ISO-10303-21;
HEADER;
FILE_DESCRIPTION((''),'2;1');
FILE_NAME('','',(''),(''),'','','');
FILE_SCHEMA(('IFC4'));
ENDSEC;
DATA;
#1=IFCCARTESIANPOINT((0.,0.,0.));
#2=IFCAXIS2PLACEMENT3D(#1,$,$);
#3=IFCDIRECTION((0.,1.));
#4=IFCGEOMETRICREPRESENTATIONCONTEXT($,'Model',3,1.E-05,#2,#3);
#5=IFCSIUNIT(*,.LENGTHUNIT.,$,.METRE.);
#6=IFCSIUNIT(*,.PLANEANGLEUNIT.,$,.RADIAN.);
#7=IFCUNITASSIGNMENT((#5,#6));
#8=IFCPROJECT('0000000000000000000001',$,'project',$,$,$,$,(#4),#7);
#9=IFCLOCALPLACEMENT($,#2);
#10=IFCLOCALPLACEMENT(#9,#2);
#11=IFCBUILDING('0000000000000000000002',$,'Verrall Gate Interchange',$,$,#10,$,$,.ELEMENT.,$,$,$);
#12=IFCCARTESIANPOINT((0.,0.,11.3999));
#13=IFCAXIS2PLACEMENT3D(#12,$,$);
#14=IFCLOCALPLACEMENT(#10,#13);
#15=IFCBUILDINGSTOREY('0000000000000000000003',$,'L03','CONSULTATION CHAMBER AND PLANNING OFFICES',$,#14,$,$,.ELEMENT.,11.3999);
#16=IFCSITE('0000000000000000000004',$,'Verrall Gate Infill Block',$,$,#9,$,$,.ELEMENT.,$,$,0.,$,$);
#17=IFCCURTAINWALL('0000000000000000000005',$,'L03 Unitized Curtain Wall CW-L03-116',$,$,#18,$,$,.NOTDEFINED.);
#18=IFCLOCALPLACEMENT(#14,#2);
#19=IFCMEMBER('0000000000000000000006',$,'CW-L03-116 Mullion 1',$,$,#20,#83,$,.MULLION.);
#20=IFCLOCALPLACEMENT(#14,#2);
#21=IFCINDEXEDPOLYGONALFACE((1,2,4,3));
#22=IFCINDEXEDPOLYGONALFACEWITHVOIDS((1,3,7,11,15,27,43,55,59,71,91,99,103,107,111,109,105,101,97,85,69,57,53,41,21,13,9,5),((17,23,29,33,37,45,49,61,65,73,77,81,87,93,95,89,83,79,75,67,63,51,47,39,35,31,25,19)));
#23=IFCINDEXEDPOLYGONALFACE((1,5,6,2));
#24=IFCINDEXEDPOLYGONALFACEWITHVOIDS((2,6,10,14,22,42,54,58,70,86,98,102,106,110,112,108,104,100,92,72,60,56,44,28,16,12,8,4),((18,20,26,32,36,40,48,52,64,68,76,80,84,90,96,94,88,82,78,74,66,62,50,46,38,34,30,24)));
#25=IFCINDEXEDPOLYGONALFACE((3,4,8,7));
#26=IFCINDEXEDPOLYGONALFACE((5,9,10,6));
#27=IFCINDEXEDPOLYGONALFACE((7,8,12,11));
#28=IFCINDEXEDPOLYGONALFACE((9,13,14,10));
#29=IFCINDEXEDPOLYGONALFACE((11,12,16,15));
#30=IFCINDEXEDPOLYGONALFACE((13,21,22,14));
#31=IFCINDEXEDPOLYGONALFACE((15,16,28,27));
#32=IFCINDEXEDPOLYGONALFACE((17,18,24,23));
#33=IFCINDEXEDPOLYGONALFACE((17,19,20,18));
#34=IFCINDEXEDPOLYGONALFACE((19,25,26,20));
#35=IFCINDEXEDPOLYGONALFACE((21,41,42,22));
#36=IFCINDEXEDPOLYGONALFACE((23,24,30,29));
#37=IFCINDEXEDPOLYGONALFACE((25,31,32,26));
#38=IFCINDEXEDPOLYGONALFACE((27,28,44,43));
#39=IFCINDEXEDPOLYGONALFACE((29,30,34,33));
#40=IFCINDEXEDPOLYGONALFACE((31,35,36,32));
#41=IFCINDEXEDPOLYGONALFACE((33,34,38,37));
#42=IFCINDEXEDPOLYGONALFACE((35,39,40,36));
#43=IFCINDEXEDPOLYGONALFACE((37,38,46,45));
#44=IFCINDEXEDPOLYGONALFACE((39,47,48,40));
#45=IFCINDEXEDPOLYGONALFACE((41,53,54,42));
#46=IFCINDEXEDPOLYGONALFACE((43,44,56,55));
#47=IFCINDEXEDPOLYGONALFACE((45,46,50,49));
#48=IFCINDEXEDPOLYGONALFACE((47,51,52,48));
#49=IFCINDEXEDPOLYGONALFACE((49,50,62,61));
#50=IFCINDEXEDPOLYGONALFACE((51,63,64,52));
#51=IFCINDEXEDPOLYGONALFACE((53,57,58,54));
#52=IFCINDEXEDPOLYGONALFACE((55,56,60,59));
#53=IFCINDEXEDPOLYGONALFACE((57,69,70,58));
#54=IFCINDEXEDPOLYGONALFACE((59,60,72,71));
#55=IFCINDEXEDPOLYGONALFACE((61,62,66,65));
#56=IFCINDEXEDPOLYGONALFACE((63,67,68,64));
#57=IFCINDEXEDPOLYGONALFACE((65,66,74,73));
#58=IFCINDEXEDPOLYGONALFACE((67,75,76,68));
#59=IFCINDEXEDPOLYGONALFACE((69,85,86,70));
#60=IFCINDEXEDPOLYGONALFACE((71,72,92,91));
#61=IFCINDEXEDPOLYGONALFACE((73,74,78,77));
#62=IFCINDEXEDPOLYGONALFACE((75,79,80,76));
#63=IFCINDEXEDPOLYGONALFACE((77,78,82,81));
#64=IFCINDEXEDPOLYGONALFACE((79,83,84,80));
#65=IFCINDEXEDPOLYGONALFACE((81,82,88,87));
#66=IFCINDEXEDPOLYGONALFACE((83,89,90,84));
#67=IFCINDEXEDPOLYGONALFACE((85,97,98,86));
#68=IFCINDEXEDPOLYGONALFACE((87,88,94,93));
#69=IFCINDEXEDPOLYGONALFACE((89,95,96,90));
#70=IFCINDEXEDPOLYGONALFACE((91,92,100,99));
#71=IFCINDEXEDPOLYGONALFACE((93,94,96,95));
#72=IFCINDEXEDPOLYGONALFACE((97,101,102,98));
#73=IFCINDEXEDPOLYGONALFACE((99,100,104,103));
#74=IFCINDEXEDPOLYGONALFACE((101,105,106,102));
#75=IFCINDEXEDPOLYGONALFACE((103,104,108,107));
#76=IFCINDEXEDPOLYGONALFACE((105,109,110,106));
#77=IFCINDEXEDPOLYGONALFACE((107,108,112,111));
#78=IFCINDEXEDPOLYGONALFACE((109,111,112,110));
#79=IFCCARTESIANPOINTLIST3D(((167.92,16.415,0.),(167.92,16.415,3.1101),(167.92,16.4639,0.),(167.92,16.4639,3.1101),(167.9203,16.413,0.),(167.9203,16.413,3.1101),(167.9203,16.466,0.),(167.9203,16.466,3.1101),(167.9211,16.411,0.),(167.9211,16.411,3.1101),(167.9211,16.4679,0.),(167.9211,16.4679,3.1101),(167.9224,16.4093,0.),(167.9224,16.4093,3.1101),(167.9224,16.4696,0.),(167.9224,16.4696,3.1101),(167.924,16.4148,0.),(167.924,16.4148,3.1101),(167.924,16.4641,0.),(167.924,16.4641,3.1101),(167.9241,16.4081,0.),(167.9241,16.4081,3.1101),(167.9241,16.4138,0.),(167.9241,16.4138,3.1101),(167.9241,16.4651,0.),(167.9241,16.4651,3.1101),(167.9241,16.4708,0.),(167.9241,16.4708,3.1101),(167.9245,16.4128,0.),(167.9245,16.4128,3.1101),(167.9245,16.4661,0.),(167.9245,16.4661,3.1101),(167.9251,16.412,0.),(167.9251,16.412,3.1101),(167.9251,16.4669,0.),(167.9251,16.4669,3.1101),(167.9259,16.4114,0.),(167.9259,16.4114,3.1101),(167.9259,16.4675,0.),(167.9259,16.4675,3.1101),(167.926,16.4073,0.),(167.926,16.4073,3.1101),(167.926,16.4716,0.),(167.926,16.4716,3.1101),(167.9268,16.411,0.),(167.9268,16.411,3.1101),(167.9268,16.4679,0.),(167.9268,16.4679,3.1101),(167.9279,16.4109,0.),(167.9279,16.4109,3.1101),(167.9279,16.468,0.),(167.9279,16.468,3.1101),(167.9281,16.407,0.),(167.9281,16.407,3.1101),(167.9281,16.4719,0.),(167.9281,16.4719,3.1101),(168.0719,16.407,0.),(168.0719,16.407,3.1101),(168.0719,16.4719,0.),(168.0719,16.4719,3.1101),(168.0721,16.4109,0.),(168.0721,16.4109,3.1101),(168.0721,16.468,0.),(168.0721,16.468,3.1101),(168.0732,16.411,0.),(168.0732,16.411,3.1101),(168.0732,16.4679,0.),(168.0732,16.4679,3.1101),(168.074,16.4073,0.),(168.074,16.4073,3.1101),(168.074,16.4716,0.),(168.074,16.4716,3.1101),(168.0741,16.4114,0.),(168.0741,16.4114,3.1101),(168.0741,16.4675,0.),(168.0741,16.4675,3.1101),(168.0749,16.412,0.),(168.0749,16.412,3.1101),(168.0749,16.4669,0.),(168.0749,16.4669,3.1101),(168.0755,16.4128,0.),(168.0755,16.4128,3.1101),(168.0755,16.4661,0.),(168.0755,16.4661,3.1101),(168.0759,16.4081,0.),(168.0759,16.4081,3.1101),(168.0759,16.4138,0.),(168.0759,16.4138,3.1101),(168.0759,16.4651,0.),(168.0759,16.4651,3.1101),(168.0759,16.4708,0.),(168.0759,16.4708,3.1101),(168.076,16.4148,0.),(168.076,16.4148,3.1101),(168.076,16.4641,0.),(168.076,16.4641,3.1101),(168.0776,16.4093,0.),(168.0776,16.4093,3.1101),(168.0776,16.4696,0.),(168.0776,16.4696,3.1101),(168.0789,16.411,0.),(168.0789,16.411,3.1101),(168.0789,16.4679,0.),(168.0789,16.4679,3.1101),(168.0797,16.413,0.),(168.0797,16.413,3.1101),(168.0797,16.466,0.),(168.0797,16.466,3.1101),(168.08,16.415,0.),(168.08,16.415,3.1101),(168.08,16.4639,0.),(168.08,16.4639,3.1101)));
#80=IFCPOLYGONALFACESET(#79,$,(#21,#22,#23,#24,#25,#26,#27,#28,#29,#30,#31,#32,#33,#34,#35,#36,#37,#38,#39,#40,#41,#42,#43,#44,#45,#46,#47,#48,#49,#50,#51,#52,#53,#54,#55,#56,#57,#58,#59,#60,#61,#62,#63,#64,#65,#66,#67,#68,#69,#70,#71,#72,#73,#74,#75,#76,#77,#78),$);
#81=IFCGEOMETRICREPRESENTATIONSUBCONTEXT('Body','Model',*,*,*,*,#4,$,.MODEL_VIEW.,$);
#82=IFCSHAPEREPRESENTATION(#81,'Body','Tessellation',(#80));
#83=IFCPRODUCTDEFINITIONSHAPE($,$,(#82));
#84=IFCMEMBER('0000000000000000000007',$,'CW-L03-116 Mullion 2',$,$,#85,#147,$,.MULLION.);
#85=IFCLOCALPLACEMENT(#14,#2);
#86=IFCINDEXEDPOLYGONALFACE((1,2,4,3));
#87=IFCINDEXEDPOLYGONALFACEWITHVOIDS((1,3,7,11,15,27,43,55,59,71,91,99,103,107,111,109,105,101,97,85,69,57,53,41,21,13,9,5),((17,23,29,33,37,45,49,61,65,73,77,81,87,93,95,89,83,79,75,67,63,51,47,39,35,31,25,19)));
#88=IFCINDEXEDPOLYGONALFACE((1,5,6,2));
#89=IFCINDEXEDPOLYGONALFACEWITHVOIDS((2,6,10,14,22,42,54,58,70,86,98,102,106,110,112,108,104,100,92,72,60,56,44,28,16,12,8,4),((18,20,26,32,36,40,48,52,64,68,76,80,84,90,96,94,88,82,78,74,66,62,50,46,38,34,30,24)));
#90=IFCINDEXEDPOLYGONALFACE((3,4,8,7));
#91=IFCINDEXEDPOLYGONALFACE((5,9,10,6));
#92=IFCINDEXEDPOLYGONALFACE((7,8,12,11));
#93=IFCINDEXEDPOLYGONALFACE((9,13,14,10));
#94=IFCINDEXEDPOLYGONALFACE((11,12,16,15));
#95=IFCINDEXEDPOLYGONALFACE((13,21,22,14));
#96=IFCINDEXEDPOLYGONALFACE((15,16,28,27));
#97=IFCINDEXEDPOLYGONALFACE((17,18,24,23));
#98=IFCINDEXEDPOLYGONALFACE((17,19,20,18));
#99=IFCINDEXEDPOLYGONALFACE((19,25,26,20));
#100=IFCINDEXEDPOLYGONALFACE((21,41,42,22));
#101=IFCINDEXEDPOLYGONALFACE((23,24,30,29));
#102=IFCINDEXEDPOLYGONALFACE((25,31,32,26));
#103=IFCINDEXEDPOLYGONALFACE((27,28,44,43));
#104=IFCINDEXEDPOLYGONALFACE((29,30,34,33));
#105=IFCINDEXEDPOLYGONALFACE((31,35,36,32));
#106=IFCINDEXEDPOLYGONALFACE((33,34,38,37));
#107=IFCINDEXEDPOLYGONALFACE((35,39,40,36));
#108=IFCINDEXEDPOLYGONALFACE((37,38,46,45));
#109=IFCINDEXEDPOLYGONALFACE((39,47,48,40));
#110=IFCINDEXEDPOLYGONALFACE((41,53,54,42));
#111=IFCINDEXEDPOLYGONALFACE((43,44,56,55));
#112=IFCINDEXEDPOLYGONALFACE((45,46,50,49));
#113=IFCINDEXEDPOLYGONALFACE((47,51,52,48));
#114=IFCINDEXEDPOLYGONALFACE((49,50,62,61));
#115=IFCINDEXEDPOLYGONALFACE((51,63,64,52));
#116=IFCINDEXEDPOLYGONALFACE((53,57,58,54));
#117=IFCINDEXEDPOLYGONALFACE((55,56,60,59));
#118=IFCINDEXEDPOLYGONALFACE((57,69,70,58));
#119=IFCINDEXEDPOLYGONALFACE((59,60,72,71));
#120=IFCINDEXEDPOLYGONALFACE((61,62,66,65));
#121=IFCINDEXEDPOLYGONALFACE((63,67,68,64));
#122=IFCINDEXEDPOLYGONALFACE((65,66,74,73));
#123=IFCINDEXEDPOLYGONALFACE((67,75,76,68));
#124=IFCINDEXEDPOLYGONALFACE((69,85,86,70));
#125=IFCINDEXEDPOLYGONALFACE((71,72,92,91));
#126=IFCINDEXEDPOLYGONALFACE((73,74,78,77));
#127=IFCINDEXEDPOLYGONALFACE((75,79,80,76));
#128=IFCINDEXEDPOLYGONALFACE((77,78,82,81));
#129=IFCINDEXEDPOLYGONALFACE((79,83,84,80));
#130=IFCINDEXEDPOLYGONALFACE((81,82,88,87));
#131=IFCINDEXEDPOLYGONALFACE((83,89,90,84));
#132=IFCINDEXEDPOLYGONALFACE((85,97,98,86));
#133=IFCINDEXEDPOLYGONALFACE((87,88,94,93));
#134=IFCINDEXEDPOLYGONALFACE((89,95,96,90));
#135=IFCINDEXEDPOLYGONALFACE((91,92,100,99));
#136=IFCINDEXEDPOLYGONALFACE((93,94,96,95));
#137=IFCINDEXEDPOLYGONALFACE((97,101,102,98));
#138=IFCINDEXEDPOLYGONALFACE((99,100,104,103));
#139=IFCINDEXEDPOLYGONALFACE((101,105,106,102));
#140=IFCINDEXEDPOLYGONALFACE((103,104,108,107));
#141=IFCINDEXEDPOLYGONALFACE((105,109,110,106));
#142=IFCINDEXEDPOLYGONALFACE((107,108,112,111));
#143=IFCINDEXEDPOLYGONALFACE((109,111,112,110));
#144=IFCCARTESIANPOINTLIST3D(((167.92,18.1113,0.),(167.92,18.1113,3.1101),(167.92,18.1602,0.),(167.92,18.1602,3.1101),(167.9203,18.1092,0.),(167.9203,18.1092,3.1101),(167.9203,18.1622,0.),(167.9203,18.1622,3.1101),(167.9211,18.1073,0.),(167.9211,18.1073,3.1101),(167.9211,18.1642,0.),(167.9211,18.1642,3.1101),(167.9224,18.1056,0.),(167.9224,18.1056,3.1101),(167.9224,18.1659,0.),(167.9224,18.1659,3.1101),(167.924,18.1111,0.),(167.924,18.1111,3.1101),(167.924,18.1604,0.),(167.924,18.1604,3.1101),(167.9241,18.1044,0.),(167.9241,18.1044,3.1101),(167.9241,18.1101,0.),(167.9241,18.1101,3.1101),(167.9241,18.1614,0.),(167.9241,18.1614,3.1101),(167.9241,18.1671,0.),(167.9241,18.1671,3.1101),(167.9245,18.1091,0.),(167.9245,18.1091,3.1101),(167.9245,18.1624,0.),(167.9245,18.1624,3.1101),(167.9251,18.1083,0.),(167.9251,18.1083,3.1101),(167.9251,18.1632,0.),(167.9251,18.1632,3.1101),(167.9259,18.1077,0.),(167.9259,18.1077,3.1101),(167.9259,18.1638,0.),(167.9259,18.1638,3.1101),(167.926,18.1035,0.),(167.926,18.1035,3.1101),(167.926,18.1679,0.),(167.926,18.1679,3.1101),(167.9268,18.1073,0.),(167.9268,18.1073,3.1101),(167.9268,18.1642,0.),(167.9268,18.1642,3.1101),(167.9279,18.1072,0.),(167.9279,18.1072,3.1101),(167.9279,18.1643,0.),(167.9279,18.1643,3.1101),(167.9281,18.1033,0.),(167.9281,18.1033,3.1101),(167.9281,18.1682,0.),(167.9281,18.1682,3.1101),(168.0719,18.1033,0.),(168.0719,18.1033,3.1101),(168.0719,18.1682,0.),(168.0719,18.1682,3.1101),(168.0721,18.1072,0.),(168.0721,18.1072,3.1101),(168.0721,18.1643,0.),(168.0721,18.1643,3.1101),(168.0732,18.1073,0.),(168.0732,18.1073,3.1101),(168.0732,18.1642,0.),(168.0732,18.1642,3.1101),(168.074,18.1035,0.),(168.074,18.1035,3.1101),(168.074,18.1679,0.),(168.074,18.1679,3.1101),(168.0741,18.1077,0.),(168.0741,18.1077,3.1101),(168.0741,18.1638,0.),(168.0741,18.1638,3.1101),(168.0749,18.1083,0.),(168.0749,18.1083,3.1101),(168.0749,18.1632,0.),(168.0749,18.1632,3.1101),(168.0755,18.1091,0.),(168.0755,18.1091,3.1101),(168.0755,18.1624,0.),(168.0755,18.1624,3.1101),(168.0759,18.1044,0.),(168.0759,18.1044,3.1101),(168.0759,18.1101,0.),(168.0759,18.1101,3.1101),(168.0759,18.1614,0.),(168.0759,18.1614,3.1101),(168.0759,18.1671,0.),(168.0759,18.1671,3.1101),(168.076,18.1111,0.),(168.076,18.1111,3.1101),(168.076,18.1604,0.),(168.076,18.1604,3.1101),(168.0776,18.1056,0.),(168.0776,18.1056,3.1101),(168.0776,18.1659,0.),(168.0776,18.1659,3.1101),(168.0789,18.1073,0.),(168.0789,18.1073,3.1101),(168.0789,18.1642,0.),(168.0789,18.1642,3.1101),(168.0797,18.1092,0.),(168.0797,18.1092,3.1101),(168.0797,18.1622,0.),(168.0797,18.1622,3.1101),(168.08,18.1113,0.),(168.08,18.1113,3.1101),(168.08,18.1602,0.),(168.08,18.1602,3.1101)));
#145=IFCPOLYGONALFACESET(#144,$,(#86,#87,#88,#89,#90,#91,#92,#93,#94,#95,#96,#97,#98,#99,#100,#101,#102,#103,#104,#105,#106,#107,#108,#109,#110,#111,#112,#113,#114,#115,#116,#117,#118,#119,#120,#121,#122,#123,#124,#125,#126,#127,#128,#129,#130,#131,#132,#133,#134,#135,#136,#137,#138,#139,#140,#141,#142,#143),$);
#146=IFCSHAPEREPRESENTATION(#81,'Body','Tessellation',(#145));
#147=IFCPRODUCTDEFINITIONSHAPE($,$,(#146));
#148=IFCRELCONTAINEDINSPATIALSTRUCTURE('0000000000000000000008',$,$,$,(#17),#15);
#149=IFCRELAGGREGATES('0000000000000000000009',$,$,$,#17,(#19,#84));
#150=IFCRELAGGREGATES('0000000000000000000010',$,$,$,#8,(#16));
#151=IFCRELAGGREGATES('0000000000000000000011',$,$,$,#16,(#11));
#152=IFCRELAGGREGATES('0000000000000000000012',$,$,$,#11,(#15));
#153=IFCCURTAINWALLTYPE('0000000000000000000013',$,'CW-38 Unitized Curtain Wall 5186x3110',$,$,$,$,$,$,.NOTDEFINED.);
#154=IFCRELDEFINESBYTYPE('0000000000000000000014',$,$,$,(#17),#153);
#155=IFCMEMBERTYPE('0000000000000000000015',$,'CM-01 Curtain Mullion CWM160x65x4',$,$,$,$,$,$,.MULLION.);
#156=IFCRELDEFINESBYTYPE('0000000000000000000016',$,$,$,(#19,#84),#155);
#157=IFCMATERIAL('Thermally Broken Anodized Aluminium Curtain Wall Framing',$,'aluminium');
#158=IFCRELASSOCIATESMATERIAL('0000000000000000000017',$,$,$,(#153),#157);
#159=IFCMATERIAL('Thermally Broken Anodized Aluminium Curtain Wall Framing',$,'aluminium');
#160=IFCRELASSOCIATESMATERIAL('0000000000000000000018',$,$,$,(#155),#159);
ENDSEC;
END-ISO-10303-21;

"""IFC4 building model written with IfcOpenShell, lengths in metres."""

from ifc_helpers import new_model, si_unit, direction, frame, origin, origin_2d, place, context, subcontext, project, spatial, hollow_rectangle, extrude, material, material_profile, profile_set, type_object, element, aggregate, save


model = new_model("IFC4")

# Units and contexts
model_context = context("Model", 3, precision=1e-05, world=origin(), true_north=direction((0.0, 1.0)))
body_context = subcontext(model_context, "Body", "Model", "MODEL_VIEW")
ifc_project = project(units=[si_unit("LENGTHUNIT", "METRE"), si_unit("PLANEANGLEUNIT", "RADIAN")], contexts=[model_context])

# Site, building, storey
site_placement = place(None, origin())
site = spatial("IfcSite", under=ifc_project, at=site_placement, Name="Verrall Gate Infill Block", CompositionType="ELEMENT", RefElevation=0.0)
building_placement = place(site_placement, origin())
building = spatial("IfcBuilding", under=site, at=building_placement, Name="Verrall Gate Interchange", CompositionType="ELEMENT")
storey_placement = place(building_placement, frame((0.0, 0.0, 11.3999)))
storey = spatial("IfcBuildingStorey", under=building, at=storey_placement, Name="L03", Description="CONSULTATION CHAMBER AND PLANNING OFFICES", CompositionType="ELEMENT", Elevation=11.3999)

# Curtain wall, members
ifc_material_1 = material(Name="Thermally Broken Anodized Aluminium Curtain Wall Framing", Category="aluminium")
curtain_wall_type_1 = type_object("IfcCurtainWallType", Name="CW-38 Unitized Curtain Wall 5186x3110", PredefinedType="NOTDEFINED", material=ifc_material_1)
curtain_wall_1_placement = place(storey_placement, origin())
curtain_wall_1 = element("IfcCurtainWall", 1, at=curtain_wall_1_placement, inside=storey, type_object=curtain_wall_type_1, Name="L03 Unitized Curtain Wall CW-L03-116", PredefinedType="NOTDEFINED")
ifc_material_2 = material(Name="Thermally Broken Anodized Aluminium Curtain Wall Framing", Category="aluminium")
ifc_material_profile_1 = material_profile(ifc_material_2, hollow_rectangle(XDim=0.0649, YDim=0.1599, WallThickness=0.0039, InnerFilletRadius=0.0039, OuterFilletRadius=0.0081, at=origin_2d()), Name="CWM160x65x4")
ifc_profile_set_1 = profile_set([ifc_material_profile_1], Name="Thermally Broken Anodized Aluminium Curtain Wall Framing")
member_type_1 = type_object("IfcMemberType", Name="CM-01 Curtain Mullion CWM160x65x4", PredefinedType="MULLION", material=ifc_profile_set_1)
member_1_placement = place(storey_placement, frame((168.0, 16.4395, 0.0), z_axis=(0.0, 0.0, 1.0), x_axis=(0.0, 1.0, 0.0)))
member_1 = element("IfcMember", 2, at=member_1_placement, type_object=member_type_1, Name="CW-L03-116 Mullion 1", PredefinedType="MULLION", context=body_context, shape_type="SweptSolid", body=[
    extrude(hollow_rectangle(XDim=0.0649, YDim=0.1599, WallThickness=0.0039, InnerFilletRadius=0.0039, OuterFilletRadius=0.0081, at=origin_2d()), origin(), (0.0, 0.0, 1.0), 3.1101),
])
member_2_placement = place(storey_placement, frame((168.0, 18.1357, 0.0), z_axis=(0.0, 0.0, 1.0), x_axis=(0.0, 1.0, 0.0)))
member_2 = element("IfcMember", 3, at=member_2_placement, type_object=member_type_1, Name="CW-L03-116 Mullion 2", PredefinedType="MULLION", context=body_context, shape_type="SweptSolid", body=[
    extrude(hollow_rectangle(XDim=0.0649, YDim=0.1599, WallThickness=0.0039, InnerFilletRadius=0.0039, OuterFilletRadius=0.0081, at=origin_2d()), origin(), (0.0, 0.0, 1.0), 3.1101),
])

aggregate(curtain_wall_1, [member_1, member_2])

save(model, "model.ifc")
